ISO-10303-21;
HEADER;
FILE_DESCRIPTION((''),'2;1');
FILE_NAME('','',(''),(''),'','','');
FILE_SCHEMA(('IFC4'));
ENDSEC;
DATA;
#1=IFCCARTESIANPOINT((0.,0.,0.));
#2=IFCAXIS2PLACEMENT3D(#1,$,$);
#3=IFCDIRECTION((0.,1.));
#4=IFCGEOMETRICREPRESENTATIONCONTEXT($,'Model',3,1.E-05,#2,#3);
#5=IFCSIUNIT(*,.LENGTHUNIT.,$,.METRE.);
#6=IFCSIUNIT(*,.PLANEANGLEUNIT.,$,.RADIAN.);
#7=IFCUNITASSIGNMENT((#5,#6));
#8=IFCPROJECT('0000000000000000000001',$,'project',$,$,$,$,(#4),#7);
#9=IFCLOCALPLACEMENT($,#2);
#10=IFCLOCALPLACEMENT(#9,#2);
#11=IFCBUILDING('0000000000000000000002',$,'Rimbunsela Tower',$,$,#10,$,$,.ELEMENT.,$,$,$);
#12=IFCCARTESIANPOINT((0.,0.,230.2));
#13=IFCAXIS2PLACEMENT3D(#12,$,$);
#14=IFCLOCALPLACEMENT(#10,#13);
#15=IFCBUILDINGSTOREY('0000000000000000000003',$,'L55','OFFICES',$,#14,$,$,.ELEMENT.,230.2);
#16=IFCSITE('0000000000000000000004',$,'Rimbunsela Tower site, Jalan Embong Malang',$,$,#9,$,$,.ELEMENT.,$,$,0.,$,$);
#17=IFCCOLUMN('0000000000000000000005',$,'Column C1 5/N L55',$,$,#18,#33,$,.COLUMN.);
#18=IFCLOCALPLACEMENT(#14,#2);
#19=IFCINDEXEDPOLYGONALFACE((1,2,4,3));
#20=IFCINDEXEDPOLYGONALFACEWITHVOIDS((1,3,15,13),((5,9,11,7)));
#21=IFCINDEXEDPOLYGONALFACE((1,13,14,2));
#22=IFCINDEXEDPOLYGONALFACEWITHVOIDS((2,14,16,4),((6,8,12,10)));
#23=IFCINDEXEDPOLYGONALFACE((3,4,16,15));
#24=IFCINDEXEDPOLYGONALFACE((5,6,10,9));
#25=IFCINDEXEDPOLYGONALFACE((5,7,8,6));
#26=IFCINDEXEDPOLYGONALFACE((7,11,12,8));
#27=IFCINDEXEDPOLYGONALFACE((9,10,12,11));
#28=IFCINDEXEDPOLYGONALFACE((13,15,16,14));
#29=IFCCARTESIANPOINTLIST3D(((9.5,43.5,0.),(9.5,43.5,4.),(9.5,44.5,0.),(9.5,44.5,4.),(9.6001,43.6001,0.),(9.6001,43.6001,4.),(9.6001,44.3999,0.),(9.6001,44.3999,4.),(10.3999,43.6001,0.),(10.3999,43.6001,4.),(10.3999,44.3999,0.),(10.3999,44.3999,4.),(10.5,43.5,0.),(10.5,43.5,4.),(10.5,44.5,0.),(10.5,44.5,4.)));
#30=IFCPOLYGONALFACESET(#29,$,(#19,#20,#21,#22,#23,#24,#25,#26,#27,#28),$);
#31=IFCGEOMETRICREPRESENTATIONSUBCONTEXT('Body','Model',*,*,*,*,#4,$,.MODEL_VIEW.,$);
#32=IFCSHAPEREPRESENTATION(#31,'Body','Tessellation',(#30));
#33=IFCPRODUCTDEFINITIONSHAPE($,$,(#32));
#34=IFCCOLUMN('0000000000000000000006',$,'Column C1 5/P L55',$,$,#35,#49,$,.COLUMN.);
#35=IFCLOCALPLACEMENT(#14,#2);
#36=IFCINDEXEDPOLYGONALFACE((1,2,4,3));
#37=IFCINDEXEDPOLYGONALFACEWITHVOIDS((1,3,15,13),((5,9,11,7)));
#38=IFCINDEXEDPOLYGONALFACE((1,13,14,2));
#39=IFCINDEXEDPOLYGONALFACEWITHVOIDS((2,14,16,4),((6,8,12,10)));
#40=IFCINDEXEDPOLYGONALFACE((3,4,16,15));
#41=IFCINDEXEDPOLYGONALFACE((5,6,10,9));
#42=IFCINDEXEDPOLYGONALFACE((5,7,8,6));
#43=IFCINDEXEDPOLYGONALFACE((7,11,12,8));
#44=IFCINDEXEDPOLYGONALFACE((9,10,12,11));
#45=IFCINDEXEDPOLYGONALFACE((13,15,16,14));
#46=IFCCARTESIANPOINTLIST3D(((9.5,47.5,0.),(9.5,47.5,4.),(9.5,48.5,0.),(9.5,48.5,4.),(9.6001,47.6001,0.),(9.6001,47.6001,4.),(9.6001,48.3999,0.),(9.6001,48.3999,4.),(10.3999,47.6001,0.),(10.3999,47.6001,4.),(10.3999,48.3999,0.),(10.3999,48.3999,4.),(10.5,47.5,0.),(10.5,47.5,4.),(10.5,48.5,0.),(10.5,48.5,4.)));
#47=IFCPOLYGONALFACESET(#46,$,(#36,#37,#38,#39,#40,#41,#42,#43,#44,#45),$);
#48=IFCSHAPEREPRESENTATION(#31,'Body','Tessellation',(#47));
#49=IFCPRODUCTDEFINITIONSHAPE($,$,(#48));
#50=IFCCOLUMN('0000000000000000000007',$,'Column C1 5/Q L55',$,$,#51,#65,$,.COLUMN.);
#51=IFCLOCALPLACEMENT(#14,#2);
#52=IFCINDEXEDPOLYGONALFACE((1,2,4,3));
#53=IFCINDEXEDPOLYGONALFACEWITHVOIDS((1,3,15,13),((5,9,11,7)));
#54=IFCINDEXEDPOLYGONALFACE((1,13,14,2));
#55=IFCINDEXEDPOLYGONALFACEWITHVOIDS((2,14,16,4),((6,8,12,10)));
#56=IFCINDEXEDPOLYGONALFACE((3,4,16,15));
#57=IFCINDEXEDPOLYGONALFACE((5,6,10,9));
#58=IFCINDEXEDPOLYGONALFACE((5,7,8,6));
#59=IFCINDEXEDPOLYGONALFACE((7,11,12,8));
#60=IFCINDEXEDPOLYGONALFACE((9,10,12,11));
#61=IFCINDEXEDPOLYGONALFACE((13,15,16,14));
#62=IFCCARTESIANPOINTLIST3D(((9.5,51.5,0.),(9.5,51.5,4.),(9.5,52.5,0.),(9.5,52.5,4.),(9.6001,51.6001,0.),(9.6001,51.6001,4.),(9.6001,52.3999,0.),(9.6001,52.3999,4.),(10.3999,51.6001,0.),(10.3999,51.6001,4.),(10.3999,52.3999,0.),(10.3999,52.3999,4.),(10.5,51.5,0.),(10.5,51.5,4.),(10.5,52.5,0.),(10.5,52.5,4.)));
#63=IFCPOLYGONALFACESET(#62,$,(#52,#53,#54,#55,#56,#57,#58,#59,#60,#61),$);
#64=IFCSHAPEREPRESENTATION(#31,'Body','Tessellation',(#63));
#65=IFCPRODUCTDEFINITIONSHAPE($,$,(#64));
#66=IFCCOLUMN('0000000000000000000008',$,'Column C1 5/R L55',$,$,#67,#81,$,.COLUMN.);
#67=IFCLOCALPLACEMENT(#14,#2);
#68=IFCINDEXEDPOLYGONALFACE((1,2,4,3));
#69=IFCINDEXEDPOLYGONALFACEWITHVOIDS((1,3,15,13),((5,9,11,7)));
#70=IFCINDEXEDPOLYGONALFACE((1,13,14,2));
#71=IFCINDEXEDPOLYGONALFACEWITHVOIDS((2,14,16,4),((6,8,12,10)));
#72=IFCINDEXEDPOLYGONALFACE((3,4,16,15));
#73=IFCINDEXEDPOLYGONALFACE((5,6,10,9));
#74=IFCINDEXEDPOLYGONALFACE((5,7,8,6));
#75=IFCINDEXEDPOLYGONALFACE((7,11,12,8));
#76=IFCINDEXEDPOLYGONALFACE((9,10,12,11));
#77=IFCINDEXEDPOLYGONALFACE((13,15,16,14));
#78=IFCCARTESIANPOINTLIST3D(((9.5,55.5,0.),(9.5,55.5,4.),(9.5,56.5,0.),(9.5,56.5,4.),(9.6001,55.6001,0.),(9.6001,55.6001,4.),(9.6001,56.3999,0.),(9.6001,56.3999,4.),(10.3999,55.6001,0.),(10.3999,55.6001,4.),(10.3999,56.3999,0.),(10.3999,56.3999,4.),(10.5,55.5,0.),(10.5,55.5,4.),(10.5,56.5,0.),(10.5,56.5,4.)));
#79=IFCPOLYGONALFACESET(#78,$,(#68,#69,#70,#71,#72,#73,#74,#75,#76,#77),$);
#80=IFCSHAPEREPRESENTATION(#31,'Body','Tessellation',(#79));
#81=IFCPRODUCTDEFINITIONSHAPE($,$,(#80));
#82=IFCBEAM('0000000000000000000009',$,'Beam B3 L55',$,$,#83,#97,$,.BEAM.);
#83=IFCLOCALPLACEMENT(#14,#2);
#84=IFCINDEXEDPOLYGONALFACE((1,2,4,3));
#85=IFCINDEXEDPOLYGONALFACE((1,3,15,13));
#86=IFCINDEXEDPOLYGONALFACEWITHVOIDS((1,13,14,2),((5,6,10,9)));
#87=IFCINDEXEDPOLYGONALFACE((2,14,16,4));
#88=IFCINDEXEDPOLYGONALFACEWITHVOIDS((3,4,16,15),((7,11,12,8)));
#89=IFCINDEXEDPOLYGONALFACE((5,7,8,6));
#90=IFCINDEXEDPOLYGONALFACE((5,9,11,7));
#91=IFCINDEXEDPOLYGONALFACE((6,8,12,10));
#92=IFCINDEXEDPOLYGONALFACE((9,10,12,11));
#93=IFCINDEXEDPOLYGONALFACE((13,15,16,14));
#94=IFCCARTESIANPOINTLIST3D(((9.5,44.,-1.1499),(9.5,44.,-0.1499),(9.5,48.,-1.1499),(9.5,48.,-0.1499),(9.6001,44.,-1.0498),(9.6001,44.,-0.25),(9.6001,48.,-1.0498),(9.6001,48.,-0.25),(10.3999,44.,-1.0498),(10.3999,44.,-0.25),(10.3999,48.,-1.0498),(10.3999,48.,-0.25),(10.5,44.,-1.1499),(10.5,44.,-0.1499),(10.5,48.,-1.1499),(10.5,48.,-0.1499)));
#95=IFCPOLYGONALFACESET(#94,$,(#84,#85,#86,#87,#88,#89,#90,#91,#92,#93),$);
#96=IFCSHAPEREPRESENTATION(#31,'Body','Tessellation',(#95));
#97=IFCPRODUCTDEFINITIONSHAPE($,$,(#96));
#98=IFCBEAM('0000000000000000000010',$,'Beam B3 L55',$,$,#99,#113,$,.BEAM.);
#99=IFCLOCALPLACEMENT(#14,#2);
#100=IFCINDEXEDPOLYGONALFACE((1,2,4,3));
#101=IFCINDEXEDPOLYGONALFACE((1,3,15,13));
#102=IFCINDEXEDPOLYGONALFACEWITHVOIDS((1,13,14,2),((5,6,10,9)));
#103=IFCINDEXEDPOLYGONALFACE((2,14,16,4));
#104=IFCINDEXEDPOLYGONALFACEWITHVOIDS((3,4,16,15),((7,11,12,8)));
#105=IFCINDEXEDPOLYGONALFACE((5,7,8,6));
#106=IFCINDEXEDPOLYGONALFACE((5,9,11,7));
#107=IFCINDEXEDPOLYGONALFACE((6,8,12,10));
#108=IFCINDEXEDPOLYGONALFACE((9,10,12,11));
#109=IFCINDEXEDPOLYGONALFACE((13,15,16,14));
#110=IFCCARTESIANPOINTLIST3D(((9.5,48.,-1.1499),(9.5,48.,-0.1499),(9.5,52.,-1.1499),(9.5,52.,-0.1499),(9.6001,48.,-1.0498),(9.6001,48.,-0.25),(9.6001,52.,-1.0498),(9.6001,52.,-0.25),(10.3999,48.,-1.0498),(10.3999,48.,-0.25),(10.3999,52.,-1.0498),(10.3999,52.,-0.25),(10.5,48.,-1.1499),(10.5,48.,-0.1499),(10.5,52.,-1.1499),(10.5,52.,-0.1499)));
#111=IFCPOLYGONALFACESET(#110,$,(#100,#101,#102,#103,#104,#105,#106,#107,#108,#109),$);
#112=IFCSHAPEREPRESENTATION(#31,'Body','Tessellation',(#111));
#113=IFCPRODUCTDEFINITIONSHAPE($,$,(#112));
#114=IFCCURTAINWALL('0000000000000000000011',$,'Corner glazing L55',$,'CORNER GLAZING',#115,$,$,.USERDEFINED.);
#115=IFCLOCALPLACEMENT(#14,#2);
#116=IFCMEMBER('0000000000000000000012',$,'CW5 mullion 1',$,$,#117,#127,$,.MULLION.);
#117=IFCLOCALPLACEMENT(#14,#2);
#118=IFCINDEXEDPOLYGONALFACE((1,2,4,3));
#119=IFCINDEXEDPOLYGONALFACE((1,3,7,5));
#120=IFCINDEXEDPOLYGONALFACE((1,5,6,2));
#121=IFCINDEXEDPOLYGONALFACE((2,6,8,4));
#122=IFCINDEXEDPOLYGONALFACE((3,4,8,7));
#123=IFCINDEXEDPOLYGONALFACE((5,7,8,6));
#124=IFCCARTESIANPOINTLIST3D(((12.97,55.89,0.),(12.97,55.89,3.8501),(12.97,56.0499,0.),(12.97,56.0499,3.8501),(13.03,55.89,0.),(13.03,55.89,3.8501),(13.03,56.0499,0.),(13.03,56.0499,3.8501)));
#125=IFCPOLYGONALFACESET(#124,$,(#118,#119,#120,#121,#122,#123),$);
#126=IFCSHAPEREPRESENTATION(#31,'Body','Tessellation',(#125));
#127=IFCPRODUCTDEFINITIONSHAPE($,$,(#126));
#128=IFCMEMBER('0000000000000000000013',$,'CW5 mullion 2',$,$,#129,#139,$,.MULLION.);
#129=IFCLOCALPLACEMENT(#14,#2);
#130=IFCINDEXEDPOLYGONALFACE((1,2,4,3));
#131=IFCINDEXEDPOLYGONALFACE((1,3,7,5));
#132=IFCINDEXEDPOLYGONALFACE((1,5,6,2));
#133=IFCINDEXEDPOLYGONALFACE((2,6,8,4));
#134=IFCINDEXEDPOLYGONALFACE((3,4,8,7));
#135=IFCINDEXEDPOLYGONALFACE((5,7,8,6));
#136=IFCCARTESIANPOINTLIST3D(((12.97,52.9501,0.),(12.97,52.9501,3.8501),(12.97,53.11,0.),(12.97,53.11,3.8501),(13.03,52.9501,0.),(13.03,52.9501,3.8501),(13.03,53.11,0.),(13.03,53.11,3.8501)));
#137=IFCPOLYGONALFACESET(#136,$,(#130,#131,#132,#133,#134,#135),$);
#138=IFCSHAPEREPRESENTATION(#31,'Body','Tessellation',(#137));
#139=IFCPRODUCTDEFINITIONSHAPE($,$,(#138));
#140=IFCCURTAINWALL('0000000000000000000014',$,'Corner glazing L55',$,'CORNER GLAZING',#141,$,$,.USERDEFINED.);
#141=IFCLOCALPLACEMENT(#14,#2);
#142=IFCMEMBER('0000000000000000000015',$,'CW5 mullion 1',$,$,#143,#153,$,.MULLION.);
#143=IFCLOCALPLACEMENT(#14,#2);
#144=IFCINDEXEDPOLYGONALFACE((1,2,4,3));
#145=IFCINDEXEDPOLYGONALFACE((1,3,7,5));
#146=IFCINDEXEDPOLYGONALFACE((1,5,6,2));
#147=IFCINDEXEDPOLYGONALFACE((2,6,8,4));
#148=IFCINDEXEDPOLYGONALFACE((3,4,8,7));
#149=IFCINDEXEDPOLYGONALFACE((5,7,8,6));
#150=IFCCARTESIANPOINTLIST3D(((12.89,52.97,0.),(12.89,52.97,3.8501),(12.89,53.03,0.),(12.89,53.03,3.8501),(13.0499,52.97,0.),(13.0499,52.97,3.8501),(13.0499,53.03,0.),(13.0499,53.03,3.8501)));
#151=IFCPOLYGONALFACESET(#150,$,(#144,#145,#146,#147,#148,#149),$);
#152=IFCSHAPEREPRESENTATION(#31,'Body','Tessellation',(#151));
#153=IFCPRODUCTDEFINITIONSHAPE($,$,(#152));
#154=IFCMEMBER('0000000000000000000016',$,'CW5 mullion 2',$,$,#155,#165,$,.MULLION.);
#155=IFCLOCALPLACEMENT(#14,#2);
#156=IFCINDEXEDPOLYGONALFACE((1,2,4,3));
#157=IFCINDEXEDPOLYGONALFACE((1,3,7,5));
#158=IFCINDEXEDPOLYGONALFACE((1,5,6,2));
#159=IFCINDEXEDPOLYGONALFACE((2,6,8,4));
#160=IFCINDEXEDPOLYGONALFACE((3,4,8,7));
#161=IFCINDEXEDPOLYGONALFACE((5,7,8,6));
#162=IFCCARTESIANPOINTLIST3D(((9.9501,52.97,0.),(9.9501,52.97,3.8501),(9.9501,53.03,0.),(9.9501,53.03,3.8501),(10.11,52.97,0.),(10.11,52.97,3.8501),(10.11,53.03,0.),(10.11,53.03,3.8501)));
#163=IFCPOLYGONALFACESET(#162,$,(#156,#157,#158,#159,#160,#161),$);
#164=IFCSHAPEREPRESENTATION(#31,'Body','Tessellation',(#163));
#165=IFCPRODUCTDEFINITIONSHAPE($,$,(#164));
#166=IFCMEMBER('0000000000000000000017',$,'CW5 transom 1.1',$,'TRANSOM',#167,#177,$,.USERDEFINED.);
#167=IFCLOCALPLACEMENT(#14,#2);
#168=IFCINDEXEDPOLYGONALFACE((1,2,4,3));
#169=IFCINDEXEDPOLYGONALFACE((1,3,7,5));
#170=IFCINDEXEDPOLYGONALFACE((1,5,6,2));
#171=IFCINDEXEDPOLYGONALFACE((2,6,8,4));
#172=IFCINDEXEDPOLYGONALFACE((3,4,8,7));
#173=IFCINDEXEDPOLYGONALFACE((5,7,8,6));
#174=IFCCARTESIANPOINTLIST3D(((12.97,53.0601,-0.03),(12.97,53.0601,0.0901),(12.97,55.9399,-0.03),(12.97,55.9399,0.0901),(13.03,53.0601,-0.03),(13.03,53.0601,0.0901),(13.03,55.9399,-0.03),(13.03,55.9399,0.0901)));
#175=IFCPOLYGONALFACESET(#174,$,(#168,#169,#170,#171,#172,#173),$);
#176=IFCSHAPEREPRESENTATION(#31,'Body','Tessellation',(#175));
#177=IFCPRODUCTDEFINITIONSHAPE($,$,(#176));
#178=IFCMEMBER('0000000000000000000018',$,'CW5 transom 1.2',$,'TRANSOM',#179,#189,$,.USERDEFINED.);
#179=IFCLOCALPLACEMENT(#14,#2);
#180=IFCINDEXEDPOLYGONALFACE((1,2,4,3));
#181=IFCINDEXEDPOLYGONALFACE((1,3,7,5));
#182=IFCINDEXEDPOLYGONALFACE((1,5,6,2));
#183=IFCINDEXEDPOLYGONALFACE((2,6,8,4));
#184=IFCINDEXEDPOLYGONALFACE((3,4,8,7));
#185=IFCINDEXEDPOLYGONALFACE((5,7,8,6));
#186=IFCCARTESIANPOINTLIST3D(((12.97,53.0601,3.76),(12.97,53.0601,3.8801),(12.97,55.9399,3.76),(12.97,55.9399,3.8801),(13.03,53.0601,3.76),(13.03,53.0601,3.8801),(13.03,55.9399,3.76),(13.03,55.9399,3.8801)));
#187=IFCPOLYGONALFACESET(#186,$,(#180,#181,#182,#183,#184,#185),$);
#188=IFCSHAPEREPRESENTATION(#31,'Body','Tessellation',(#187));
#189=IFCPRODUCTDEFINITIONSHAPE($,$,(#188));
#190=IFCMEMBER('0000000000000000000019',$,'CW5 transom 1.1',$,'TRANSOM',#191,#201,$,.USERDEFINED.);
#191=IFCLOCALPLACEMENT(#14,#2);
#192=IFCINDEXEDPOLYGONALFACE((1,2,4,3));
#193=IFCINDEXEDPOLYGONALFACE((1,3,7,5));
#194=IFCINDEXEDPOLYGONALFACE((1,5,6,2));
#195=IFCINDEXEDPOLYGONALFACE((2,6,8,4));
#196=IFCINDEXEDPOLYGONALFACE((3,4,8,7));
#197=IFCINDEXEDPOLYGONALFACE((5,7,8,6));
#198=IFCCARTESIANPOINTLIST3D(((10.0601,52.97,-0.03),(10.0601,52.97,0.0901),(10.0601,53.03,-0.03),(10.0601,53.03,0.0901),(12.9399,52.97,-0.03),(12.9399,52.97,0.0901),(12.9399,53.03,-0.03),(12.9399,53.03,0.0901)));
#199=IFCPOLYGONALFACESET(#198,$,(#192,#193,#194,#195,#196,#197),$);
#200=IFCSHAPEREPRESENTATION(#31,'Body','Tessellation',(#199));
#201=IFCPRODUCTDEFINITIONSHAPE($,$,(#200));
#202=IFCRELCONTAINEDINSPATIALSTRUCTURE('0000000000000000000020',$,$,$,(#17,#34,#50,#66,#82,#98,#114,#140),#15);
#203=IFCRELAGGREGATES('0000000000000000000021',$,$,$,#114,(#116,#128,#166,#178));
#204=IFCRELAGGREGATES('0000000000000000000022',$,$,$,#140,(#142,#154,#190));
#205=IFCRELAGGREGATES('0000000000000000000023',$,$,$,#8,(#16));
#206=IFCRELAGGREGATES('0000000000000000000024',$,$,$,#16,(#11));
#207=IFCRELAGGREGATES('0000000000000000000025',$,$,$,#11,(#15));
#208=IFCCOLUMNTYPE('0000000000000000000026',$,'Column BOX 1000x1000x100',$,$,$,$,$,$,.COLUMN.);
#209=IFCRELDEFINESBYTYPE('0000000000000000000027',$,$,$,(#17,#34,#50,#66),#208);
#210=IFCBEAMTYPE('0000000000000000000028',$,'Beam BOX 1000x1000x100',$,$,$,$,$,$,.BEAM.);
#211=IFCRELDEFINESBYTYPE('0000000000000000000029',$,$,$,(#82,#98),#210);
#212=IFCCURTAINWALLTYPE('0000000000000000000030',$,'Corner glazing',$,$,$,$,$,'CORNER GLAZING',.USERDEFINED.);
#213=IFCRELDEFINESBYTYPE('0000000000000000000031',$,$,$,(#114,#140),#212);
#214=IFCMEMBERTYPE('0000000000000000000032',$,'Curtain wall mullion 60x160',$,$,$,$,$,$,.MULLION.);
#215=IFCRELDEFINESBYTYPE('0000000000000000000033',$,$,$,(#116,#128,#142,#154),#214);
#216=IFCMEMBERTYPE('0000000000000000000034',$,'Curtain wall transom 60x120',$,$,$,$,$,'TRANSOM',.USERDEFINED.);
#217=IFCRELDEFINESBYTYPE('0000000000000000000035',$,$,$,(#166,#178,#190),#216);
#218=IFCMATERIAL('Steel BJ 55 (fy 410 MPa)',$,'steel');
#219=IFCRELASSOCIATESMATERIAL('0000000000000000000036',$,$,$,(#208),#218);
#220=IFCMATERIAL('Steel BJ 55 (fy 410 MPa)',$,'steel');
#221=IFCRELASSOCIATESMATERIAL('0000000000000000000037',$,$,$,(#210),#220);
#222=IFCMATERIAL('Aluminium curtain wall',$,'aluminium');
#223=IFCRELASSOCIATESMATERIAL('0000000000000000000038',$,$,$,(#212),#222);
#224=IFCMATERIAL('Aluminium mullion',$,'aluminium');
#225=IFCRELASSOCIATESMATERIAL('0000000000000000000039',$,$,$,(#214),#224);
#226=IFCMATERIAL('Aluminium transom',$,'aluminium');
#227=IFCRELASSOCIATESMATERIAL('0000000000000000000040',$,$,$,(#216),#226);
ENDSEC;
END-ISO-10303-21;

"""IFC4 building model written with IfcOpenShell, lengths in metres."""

from ifc_helpers import new_model, si_unit, direction, frame, origin, origin_2d, place, context, subcontext, project, spatial, rectangle, hollow_rectangle, extrude, material, material_profile, profile_set, type_object, element, aggregate, save


model = new_model("IFC4")

# Units and contexts
model_context = context("Model", 3, precision=1e-05, world=origin(), true_north=direction((0.0, 1.0)))
body_context = subcontext(model_context, "Body", "Model", "MODEL_VIEW")
ifc_project = project(units=[si_unit("LENGTHUNIT", "METRE"), si_unit("PLANEANGLEUNIT", "RADIAN")], contexts=[model_context])

# Site, building, storey
site_placement = place(None, origin())
site = spatial("IfcSite", under=ifc_project, at=site_placement, Name="Rimbunsela Tower site, Jalan Embong Malang", CompositionType="ELEMENT", RefElevation=0.0)
building_placement = place(site_placement, origin())
building = spatial("IfcBuilding", under=site, at=building_placement, Name="Rimbunsela Tower", CompositionType="ELEMENT")
storey_placement = place(building_placement, frame((0.0, 0.0, 230.2)))
storey = spatial("IfcBuildingStorey", under=building, at=storey_placement, Name="L55", Description="OFFICES", CompositionType="ELEMENT", Elevation=230.2)

# Columns
ifc_material_1 = material(Name="Steel BJ 55 (fy 410 MPa)", Category="steel")
ifc_material_profile_1 = material_profile(ifc_material_1, hollow_rectangle(XDim=1.0, YDim=1.0, WallThickness=0.1001, at=origin_2d()), Name="BOX 1000x1000x100")
ifc_profile_set_1 = profile_set([ifc_material_profile_1], Name="Steel BJ 55 (fy 410 MPa)")
column_type = type_object("IfcColumnType", Name="Column BOX 1000x1000x100", PredefinedType="COLUMN", material=ifc_profile_set_1)
for number, where, z_axis, x_axis, name in (
    (1, (10.0, 44.0, 0.0), (0.0, 0.0, 1.0), (1.0, 0.0, 0.0), "Column C1 5/N L55"),
    (2, (10.0, 48.0, 0.0), (0.0, 0.0, 1.0), (1.0, 0.0, 0.0), "Column C1 5/P L55"),
    (3, (10.0, 52.0, 0.0), (0.0, 0.0, 1.0), (1.0, 0.0, 0.0), "Column C1 5/Q L55"),
    (4, (10.0, 56.0, 0.0), (0.0, 0.0, 1.0), (1.0, 0.0, 0.0), "Column C1 5/R L55"),
):
    element("IfcColumn", number, at=place(storey_placement, frame(where, z_axis=z_axis, x_axis=x_axis)), inside=storey, type_object=column_type, Name=name, PredefinedType="COLUMN", context=body_context, shape_type="SweptSolid", body=[
        extrude(hollow_rectangle(XDim=1.0, YDim=1.0, WallThickness=0.1001, at=origin_2d()), origin(), (0.0, 0.0, 1.0), 4.0),
    ])

# Beams
ifc_material_2 = material(Name="Steel BJ 55 (fy 410 MPa)", Category="steel")
ifc_material_profile_2 = material_profile(ifc_material_2, hollow_rectangle(XDim=1.0, YDim=1.0, WallThickness=0.1001, at=origin_2d()), Name="BOX 1000x1000x100")
ifc_profile_set_2 = profile_set([ifc_material_profile_2], Name="Steel BJ 55 (fy 410 MPa)")
beam_type = type_object("IfcBeamType", Name="Beam BOX 1000x1000x100", PredefinedType="BEAM", material=ifc_profile_set_2)
for number, where, z_axis, x_axis, name in (
    (5, (10.0, 44.0, -0.6499), (0.0, 1.0, 0.0), (-1.0, 0.0, 0.0), "Beam B3 L55"),
    (6, (10.0, 48.0, -0.6499), (0.0, 1.0, 0.0), (-1.0, 0.0, 0.0), "Beam B3 L55"),
):
    element("IfcBeam", number, at=place(storey_placement, frame(where, z_axis=z_axis, x_axis=x_axis)), inside=storey, type_object=beam_type, Name=name, PredefinedType="BEAM", context=body_context, shape_type="SweptSolid", body=[
        extrude(hollow_rectangle(XDim=1.0, YDim=1.0, WallThickness=0.1001, at=origin_2d()), origin(), (0.0, 0.0, 1.0), 4.0),
    ])

# Curtain walls, members
ifc_material_3 = material(Name="Aluminium curtain wall", Category="aluminium")
curtain_wall_type = type_object("IfcCurtainWallType", Name="Corner glazing", ElementType="CORNER GLAZING", PredefinedType="USERDEFINED", material=ifc_material_3)
curtain_wall_1_placement = place(storey_placement, origin())
curtain_wall_1 = element("IfcCurtainWall", 7, at=curtain_wall_1_placement, inside=storey, type_object=curtain_wall_type, Name="Corner glazing L55", ObjectType="CORNER GLAZING", PredefinedType="USERDEFINED")
ifc_material_4 = material(Name="Aluminium mullion", Category="aluminium")
ifc_material_profile_3 = material_profile(ifc_material_4, rectangle(XDim=0.0601, YDim=0.1599, at=origin_2d()), Name="Mullion 60x160")
ifc_profile_set_3 = profile_set([ifc_material_profile_3], Name="Aluminium mullion")
member_type_1 = type_object("IfcMemberType", Name="Curtain wall mullion 60x160", PredefinedType="MULLION", material=ifc_profile_set_3)
member_1_placement = place(storey_placement, frame((13.0, 55.97, 0.0), z_axis=(0.0, 0.0, 1.0), x_axis=(1.0, 0.0, 0.0)))
member_1 = element("IfcMember", 8, at=member_1_placement, type_object=member_type_1, Name="CW5 mullion 1", PredefinedType="MULLION", context=body_context, shape_type="SweptSolid", body=[
    extrude(rectangle(XDim=0.0601, YDim=0.1599, at=origin_2d()), origin(), (0.0, 0.0, 1.0), 3.8501),
])
member_2_placement = place(storey_placement, frame((13.0, 53.03, 0.0), z_axis=(0.0, 0.0, 1.0), x_axis=(1.0, 0.0, 0.0)))
member_2 = element("IfcMember", 9, at=member_2_placement, type_object=member_type_1, Name="CW5 mullion 2", PredefinedType="MULLION", context=body_context, shape_type="SweptSolid", body=[
    extrude(rectangle(XDim=0.0601, YDim=0.1599, at=origin_2d()), origin(), (0.0, 0.0, 1.0), 3.8501),
])
curtain_wall_2_placement = place(storey_placement, origin())
curtain_wall_2 = element("IfcCurtainWall", 10, at=curtain_wall_2_placement, inside=storey, type_object=curtain_wall_type, Name="Corner glazing L55", ObjectType="CORNER GLAZING", PredefinedType="USERDEFINED")
member_3_placement = place(storey_placement, frame((12.97, 53.0, 0.0), z_axis=(0.0, 0.0, 1.0), x_axis=(0.0, -1.0, 0.0)))
member_3 = element("IfcMember", 11, at=member_3_placement, type_object=member_type_1, Name="CW5 mullion 1", PredefinedType="MULLION", context=body_context, shape_type="SweptSolid", body=[
    extrude(rectangle(XDim=0.0601, YDim=0.1599, at=origin_2d()), origin(), (0.0, 0.0, 1.0), 3.8501),
])
member_4_placement = place(storey_placement, frame((10.03, 53.0, 0.0), z_axis=(0.0, 0.0, 1.0), x_axis=(0.0, -1.0, 0.0)))
member_4 = element("IfcMember", 12, at=member_4_placement, type_object=member_type_1, Name="CW5 mullion 2", PredefinedType="MULLION", context=body_context, shape_type="SweptSolid", body=[
    extrude(rectangle(XDim=0.0601, YDim=0.1599, at=origin_2d()), origin(), (0.0, 0.0, 1.0), 3.8501),
])

# Members
ifc_material_5 = material(Name="Aluminium transom", Category="aluminium")
ifc_material_profile_4 = material_profile(ifc_material_5, rectangle(XDim=0.0601, YDim=0.1201, at=origin_2d()), Name="Transom 60x120")
ifc_profile_set_4 = profile_set([ifc_material_profile_4], Name="Aluminium transom")
member_type_2 = type_object("IfcMemberType", Name="Curtain wall transom 60x120", ElementType="TRANSOM", PredefinedType="USERDEFINED", material=ifc_profile_set_4)
member_5_placement = place(storey_placement, frame((13.0, 55.9399, 0.03), z_axis=(0.0, -1.0, 0.0), x_axis=(1.0, 0.0, 0.0)))
member_5 = element("IfcMember", 13, at=member_5_placement, type_object=member_type_2, Name="CW5 transom 1.1", ObjectType="TRANSOM", PredefinedType="USERDEFINED", context=body_context, shape_type="SweptSolid", body=[
    extrude(rectangle(XDim=0.0601, YDim=0.1201, at=origin_2d()), origin(), (0.0, 0.0, 1.0), 2.8799),
])
member_6_placement = place(storey_placement, frame((13.0, 55.9399, 3.8201), z_axis=(0.0, -1.0, 0.0), x_axis=(1.0, 0.0, 0.0)))
member_6 = element("IfcMember", 14, at=member_6_placement, type_object=member_type_2, Name="CW5 transom 1.2", ObjectType="TRANSOM", PredefinedType="USERDEFINED", context=body_context, shape_type="SweptSolid", body=[
    extrude(rectangle(XDim=0.0601, YDim=0.1201, at=origin_2d()), origin(), (0.0, 0.0, 1.0), 2.8799),
])
member_7_placement = place(storey_placement, frame((12.9399, 53.0, 0.03), z_axis=(-1.0, 0.0, 0.0), x_axis=(0.0, -1.0, 0.0)))
member_7 = element("IfcMember", 15, at=member_7_placement, type_object=member_type_2, Name="CW5 transom 1.1", ObjectType="TRANSOM", PredefinedType="USERDEFINED", context=body_context, shape_type="SweptSolid", body=[
    extrude(rectangle(XDim=0.0601, YDim=0.1201, at=origin_2d()), origin(), (0.0, 0.0, 1.0), 2.8799),
])

aggregate(curtain_wall_1, [member_1, member_2, member_5, member_6])
aggregate(curtain_wall_2, [member_3, member_4, member_7])

save(model, "model.ifc")
